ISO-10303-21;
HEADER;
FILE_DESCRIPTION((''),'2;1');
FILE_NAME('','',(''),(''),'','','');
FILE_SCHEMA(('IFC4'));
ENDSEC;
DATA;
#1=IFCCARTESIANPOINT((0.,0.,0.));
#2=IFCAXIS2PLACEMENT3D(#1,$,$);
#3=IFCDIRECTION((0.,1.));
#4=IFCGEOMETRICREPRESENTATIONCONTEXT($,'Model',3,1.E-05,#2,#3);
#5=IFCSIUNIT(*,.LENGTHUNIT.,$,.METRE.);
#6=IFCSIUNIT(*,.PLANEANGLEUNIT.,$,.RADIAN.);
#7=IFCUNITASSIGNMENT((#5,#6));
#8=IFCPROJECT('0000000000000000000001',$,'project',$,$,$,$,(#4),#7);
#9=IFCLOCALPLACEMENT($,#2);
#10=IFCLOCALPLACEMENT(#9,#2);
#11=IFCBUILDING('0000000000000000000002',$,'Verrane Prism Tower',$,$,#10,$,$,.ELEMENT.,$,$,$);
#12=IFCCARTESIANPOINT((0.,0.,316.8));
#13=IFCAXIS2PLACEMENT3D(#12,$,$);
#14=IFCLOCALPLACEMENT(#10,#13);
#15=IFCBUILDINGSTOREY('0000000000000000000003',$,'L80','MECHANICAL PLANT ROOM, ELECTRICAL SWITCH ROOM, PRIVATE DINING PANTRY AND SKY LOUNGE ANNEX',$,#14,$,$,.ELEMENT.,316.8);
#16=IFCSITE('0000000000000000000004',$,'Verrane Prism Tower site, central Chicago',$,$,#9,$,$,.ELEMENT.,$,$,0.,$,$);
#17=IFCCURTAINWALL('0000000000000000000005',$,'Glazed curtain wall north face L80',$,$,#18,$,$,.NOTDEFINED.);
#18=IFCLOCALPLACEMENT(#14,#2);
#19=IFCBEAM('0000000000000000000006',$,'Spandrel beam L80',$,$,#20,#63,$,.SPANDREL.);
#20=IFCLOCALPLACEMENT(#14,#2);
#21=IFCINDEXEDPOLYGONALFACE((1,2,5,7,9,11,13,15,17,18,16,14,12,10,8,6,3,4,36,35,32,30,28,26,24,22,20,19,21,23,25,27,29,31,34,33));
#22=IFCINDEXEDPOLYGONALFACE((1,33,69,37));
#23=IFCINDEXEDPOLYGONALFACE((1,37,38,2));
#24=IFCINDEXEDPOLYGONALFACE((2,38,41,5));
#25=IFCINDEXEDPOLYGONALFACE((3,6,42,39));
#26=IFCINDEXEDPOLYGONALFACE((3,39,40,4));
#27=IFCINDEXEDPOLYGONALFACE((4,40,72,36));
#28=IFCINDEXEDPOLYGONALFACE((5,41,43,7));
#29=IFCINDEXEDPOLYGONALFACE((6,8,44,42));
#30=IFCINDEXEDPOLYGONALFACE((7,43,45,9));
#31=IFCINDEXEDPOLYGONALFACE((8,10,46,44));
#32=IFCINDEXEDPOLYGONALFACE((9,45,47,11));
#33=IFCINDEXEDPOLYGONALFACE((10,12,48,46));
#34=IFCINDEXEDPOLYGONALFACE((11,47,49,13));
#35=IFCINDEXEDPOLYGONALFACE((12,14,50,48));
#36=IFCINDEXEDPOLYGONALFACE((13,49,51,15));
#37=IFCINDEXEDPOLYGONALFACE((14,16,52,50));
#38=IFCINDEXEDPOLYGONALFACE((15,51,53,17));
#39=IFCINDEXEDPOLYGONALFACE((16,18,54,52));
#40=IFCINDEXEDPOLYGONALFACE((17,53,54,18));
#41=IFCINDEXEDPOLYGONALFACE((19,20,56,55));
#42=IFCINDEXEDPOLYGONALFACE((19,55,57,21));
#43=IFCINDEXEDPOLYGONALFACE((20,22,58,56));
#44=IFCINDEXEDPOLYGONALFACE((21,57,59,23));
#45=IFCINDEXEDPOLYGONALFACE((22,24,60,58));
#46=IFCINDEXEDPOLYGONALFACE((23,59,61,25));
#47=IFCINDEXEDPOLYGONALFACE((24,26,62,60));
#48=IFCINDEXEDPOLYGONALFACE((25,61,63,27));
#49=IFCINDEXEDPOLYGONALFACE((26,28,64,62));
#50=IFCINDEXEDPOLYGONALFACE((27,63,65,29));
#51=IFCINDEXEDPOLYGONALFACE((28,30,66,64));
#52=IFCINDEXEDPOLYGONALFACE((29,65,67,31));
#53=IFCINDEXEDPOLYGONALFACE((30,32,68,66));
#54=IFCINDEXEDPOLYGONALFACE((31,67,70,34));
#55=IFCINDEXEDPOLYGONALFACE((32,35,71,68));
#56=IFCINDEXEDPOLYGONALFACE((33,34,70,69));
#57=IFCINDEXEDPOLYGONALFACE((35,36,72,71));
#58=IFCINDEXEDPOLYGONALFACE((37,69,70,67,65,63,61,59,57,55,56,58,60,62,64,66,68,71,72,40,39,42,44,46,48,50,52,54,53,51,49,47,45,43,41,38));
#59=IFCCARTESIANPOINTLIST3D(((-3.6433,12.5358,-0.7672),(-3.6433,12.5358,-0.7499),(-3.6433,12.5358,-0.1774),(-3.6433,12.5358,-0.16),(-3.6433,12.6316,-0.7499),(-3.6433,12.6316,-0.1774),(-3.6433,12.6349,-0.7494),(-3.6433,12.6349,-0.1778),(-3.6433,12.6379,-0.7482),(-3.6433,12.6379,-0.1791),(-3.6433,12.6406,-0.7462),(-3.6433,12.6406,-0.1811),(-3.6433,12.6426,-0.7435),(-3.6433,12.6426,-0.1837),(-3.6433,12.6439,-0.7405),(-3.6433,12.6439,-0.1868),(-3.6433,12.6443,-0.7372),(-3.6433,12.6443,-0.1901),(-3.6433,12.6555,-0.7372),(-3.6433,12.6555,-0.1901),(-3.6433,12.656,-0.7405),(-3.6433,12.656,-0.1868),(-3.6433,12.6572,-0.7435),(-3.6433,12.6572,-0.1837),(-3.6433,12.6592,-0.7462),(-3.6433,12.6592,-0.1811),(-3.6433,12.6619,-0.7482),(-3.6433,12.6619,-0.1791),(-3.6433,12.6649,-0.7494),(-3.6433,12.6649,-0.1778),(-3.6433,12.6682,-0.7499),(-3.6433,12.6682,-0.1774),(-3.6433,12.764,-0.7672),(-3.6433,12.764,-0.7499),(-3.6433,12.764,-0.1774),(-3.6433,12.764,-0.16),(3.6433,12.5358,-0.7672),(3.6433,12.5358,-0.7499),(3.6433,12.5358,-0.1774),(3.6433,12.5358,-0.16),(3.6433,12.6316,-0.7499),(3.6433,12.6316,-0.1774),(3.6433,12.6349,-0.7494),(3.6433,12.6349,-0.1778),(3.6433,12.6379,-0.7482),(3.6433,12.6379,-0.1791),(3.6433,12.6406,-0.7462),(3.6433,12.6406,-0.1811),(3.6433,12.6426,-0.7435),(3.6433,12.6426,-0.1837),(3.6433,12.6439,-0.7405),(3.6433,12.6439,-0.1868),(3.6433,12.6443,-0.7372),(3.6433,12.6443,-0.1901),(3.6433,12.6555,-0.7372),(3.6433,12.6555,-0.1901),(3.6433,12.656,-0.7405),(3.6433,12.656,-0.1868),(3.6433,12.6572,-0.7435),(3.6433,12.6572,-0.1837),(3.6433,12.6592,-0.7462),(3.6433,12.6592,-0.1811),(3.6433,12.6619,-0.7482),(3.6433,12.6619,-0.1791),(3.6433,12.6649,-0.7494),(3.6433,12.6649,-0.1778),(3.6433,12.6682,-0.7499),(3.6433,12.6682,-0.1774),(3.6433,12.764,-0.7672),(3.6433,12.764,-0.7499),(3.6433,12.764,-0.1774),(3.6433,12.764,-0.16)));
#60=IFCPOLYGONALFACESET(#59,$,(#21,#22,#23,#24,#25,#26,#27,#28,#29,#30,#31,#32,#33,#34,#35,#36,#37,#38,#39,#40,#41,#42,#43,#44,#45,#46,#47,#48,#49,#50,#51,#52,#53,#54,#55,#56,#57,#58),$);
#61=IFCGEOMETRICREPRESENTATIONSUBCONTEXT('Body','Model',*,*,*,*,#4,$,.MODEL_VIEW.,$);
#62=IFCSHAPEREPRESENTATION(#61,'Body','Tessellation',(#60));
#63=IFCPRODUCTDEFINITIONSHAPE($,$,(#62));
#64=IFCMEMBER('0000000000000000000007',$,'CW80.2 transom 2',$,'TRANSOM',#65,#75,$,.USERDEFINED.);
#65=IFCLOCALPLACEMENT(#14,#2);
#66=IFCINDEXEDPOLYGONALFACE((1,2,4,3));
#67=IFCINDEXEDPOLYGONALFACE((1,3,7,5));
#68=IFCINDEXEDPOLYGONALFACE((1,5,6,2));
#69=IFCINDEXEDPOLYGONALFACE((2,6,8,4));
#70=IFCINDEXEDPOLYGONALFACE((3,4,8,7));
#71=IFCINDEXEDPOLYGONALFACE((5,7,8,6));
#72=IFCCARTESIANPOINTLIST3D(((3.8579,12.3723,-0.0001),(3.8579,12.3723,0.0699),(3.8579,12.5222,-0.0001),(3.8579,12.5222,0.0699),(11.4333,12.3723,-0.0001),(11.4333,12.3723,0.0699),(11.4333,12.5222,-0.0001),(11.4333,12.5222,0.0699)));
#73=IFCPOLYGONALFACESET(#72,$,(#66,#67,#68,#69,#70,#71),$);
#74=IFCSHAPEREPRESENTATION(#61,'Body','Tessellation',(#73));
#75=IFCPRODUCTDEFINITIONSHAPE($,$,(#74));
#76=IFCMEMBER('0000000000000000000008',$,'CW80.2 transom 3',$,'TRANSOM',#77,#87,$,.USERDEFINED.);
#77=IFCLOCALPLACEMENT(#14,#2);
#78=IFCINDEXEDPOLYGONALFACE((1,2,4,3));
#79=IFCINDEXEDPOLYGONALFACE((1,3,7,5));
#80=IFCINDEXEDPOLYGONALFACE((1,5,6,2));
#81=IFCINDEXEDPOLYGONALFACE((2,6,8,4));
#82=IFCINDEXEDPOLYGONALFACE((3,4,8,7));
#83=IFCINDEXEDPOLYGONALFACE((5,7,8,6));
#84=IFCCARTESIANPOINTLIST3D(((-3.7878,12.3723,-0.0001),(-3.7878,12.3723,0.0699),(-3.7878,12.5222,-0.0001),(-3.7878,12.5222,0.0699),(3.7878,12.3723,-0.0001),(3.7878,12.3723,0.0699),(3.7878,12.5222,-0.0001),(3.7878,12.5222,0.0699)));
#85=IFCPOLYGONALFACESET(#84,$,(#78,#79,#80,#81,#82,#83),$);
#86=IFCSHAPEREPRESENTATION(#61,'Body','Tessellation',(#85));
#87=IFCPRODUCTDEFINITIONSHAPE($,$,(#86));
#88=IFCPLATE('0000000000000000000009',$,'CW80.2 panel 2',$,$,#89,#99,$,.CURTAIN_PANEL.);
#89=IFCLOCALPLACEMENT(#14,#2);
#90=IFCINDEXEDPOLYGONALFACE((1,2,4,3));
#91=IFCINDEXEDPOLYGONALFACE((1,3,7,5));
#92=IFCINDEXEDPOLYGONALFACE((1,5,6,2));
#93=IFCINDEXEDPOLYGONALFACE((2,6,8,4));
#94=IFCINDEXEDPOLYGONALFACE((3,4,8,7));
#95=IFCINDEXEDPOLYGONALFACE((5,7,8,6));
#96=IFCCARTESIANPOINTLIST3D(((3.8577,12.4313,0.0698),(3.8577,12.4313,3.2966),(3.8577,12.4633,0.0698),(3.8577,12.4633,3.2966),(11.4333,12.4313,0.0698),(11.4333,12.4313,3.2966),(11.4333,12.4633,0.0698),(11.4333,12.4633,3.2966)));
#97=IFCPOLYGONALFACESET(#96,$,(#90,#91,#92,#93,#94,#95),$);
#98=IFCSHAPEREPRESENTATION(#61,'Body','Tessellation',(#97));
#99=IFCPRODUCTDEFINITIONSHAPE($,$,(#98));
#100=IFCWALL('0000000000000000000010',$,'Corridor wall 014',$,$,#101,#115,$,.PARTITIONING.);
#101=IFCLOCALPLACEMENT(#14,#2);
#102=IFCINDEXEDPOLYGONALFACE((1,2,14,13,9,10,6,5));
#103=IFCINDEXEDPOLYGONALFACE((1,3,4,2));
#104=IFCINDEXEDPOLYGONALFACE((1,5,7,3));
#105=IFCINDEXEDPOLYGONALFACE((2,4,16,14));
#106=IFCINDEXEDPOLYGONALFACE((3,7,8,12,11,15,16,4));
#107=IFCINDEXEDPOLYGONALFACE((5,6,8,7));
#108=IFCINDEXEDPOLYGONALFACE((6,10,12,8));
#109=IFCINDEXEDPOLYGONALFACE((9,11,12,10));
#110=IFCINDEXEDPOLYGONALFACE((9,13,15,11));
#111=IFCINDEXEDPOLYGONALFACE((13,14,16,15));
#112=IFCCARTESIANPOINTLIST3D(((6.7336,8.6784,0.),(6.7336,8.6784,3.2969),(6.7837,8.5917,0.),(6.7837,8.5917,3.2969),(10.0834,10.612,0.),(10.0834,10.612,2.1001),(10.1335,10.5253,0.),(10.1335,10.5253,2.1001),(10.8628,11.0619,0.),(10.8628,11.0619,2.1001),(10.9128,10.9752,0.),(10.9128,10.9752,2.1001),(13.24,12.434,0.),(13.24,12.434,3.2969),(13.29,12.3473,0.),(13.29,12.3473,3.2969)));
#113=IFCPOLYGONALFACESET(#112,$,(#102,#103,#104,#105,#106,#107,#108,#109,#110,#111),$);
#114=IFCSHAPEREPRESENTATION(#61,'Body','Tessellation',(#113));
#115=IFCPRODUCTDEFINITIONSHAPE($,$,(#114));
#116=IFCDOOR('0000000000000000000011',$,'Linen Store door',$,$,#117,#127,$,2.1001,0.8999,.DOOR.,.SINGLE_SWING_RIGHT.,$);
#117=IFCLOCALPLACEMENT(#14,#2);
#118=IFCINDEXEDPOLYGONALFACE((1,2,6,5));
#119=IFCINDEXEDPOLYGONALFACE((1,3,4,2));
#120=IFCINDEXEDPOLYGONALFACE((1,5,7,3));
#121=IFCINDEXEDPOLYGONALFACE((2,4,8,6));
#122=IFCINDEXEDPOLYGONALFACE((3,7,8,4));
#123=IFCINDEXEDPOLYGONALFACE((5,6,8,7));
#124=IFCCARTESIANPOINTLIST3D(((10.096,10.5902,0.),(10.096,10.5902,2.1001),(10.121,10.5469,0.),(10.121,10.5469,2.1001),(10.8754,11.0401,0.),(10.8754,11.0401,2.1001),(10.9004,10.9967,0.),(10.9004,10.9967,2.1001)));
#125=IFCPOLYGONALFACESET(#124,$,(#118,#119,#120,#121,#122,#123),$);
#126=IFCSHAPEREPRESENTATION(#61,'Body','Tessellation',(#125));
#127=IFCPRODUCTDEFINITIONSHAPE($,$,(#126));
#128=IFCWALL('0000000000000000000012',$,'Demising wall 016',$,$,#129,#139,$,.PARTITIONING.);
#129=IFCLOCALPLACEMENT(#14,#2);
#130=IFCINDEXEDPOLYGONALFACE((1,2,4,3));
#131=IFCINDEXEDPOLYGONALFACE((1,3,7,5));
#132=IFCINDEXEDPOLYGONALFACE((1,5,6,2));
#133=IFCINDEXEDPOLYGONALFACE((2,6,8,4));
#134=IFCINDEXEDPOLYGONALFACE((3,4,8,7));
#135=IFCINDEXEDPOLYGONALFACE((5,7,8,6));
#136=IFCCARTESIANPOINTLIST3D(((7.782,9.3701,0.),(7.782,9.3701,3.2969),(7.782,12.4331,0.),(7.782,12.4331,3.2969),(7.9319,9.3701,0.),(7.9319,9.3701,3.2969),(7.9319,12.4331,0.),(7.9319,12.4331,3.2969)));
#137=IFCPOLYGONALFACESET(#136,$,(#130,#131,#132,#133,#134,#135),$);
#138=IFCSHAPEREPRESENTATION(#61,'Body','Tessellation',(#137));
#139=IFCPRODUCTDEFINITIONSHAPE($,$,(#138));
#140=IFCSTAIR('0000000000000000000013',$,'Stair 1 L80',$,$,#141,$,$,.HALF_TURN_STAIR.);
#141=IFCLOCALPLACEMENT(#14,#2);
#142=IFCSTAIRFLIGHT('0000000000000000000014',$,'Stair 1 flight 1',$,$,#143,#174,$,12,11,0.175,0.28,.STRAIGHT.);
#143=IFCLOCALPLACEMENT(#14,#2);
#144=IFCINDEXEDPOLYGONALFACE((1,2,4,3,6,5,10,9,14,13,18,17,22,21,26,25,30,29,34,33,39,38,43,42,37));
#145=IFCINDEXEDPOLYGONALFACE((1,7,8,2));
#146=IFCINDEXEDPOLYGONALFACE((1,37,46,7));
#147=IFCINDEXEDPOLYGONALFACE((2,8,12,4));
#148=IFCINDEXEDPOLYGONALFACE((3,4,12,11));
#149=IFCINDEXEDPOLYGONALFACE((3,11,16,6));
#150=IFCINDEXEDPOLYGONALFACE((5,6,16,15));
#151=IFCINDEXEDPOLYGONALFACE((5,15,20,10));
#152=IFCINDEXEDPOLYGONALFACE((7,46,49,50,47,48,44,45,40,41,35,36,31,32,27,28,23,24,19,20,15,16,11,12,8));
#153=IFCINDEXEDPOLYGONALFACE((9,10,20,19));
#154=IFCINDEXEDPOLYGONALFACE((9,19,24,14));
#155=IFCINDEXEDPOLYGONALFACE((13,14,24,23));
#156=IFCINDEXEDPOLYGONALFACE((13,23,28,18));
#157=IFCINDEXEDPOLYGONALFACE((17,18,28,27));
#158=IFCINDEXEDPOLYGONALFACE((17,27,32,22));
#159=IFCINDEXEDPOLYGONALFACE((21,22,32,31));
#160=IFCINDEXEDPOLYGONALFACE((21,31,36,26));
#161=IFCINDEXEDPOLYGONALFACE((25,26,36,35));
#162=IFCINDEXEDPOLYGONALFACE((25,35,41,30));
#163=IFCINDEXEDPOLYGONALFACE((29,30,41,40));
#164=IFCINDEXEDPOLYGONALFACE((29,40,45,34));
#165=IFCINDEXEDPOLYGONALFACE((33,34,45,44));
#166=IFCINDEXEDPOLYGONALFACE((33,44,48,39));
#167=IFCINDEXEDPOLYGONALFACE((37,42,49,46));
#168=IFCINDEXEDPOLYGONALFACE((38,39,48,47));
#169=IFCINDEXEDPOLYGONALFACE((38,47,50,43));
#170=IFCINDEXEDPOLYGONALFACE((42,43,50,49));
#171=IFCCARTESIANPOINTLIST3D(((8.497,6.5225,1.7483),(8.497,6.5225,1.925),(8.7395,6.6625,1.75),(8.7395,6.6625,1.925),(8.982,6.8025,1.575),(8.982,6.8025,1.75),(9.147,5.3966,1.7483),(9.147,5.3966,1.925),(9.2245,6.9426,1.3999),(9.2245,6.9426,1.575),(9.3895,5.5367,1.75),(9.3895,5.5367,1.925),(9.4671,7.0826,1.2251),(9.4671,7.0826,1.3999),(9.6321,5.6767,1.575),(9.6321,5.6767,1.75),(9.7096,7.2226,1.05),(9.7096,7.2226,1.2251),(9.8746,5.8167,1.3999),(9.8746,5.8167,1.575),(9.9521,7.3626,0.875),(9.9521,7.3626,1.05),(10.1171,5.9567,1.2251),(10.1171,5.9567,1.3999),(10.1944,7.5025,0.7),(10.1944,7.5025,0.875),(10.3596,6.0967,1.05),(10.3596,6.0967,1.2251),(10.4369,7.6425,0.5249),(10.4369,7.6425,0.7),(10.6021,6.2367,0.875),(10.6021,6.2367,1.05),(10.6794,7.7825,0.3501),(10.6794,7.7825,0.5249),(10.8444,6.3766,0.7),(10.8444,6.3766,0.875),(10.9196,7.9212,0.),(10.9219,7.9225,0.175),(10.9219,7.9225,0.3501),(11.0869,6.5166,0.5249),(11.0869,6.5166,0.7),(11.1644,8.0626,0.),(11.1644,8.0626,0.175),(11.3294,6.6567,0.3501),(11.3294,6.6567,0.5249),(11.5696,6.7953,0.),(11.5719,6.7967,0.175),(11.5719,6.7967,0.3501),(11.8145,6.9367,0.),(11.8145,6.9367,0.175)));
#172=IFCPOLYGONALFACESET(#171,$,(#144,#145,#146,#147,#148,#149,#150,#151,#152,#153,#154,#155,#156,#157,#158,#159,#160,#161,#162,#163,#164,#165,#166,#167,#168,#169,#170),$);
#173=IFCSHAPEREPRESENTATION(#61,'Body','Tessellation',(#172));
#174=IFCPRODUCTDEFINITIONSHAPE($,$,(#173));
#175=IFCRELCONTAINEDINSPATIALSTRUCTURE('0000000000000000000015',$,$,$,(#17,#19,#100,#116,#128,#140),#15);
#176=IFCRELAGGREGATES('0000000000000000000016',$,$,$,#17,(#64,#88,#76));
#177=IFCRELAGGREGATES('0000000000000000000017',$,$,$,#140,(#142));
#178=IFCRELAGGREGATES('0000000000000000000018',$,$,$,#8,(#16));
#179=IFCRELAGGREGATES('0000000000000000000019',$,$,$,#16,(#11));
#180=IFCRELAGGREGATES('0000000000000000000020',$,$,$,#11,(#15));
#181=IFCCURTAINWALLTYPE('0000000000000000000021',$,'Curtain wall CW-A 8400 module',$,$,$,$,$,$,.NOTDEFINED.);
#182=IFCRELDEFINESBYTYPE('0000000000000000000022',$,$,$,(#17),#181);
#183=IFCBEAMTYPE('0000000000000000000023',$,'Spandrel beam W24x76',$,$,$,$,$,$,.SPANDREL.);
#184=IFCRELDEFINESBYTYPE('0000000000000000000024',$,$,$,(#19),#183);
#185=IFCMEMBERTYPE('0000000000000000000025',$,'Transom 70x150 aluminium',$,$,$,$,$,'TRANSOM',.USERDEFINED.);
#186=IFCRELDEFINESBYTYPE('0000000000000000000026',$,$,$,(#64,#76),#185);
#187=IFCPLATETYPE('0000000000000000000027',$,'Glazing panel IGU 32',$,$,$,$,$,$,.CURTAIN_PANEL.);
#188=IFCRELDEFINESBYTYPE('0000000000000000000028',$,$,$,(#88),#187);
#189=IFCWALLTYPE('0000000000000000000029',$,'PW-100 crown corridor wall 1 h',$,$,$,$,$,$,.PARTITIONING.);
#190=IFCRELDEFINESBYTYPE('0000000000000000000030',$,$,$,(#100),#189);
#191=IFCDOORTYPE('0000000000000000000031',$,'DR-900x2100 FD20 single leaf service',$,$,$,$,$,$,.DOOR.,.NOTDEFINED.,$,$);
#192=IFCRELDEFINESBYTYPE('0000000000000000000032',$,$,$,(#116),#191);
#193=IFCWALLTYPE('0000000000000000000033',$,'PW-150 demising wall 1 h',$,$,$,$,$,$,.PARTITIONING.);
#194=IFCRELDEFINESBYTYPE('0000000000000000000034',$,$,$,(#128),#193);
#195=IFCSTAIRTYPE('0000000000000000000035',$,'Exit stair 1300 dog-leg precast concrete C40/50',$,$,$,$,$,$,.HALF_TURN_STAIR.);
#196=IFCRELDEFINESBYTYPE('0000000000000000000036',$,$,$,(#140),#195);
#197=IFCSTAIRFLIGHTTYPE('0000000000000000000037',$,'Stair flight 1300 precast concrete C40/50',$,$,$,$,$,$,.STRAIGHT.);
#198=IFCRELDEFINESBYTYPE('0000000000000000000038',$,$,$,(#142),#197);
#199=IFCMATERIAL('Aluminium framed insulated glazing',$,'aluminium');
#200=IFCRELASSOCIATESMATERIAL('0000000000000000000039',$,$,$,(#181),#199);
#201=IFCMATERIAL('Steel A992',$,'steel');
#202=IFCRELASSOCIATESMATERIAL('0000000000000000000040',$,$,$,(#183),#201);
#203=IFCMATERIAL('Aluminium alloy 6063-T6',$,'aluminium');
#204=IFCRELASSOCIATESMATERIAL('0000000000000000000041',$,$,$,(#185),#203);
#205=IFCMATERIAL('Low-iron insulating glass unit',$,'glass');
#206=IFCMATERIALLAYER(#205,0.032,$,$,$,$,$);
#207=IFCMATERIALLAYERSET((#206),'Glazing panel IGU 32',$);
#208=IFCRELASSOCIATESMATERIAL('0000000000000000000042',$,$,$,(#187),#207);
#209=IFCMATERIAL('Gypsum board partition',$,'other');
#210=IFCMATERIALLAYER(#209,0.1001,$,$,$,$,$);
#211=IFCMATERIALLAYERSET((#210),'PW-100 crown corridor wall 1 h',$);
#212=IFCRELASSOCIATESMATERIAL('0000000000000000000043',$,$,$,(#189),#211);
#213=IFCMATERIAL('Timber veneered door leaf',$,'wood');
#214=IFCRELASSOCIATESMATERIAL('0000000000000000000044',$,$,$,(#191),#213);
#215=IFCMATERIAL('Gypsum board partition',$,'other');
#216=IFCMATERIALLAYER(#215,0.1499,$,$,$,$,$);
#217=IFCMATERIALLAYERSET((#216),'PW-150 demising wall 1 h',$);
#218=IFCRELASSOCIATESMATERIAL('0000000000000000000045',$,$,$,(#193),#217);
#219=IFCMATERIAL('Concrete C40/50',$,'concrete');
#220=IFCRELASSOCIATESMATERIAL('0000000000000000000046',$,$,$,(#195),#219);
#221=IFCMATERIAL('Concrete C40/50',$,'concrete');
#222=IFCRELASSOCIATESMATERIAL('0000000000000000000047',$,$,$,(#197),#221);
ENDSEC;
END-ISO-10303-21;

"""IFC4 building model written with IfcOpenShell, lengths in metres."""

from ifc_helpers import new_model, si_unit, direction, frame, frame_2d, origin, origin_2d, place, context, subcontext, project, spatial, polyline, rectangle, i_section, outline, extrude, material, layer, layer_set, material_profile, profile_set, type_object, element, fill, aggregate, save


model = new_model("IFC4")

# Units and contexts
model_context = context("Model", 3, precision=1e-05, world=origin(), true_north=direction((0.0, 1.0)))
body_context = subcontext(model_context, "Body", "Model", "MODEL_VIEW")
ifc_project = project(units=[si_unit("LENGTHUNIT", "METRE"), si_unit("PLANEANGLEUNIT", "RADIAN")], contexts=[model_context])

# Site, building, storey
site_placement = place(None, origin())
site = spatial("IfcSite", under=ifc_project, at=site_placement, Name="Verrane Prism Tower site, central Chicago", CompositionType="ELEMENT", RefElevation=0.0)
building_placement = place(site_placement, origin())
building = spatial("IfcBuilding", under=site, at=building_placement, Name="Verrane Prism Tower", CompositionType="ELEMENT")
storey_placement = place(building_placement, frame((0.0, 0.0, 316.8)))
storey = spatial("IfcBuildingStorey", under=building, at=storey_placement, Name="L80", Description="MECHANICAL PLANT ROOM, ELECTRICAL SWITCH ROOM, PRIVATE DINING PANTRY AND SKY LOUNGE ANNEX", CompositionType="ELEMENT", Elevation=316.8)

# Curtain wall
ifc_material_1 = material(Name="Aluminium framed insulated glazing", Category="aluminium")
curtain_wall_type = type_object("IfcCurtainWallType", Name="Curtain wall CW-A 8400 module", PredefinedType="NOTDEFINED", material=ifc_material_1)
curtain_wall_placement = place(storey_placement, origin())
curtain_wall = element("IfcCurtainWall", 1, at=curtain_wall_placement, inside=storey, type_object=curtain_wall_type, Name="Glazed curtain wall north face L80", PredefinedType="NOTDEFINED")

# Beam
ifc_material_2 = material(Name="Steel A992", Category="steel")
ifc_material_profile_1 = material_profile(ifc_material_2, i_section(OverallWidth=0.2283, OverallDepth=0.6072, WebThickness=0.0112, FlangeThickness=0.0173, FilletRadius=0.0127, at=origin_2d()), Name="W24x76")
ifc_profile_set_1 = profile_set([ifc_material_profile_1], Name="Steel A992")
beam_type_1 = type_object("IfcBeamType", Name="Spandrel beam W24x76", PredefinedType="SPANDREL", material=ifc_profile_set_1)
beam_1_placement = place(storey_placement, frame((3.6433, 12.6499, -0.4636), z_axis=(-1.0, 0.0, 0.0), x_axis=(0.0, -1.0, 0.0)))
element("IfcBeam", 2, at=beam_1_placement, inside=storey, type_object=beam_type_1, Name="Spandrel beam L80", PredefinedType="SPANDREL", context=body_context, shape_type="SweptSolid", body=[
    extrude(i_section(OverallWidth=0.2283, OverallDepth=0.6072, WebThickness=0.0112, FlangeThickness=0.0173, FilletRadius=0.0127, at=origin_2d()), origin(), (0.0, 0.0, 1.0), 7.2866),
])

# Members
ifc_material_3 = material(Name="Aluminium alloy 6063-T6", Category="aluminium")
ifc_material_profile_2 = material_profile(ifc_material_3, rectangle(XDim=0.1499, YDim=0.0701, at=origin_2d()), Name="Transom 70x150 aluminium")
ifc_profile_set_2 = profile_set([ifc_material_profile_2], Name="Aluminium alloy 6063-T6")
member_type_1 = type_object("IfcMemberType", Name="Transom 70x150 aluminium", ElementType="TRANSOM", PredefinedType="USERDEFINED", material=ifc_profile_set_2)
member_1_placement = place(storey_placement, frame((11.4333, 12.4473, 0.0349), z_axis=(-1.0, 0.0, 0.0), x_axis=(0.0, -1.0, 0.0)))
member_1 = element("IfcMember", 3, at=member_1_placement, type_object=member_type_1, Name="CW80.2 transom 2", ObjectType="TRANSOM", PredefinedType="USERDEFINED", context=body_context, shape_type="SweptSolid", body=[
    extrude(rectangle(XDim=0.1499, YDim=0.0701, at=origin_2d()), origin(), (0.0, 0.0, 1.0), 7.5754),
])
member_2_placement = place(storey_placement, frame((3.7878, 12.4473, 0.0349), z_axis=(-1.0, 0.0, 0.0), x_axis=(0.0, -1.0, 0.0)))
member_2 = element("IfcMember", 4, at=member_2_placement, type_object=member_type_1, Name="CW80.2 transom 3", ObjectType="TRANSOM", PredefinedType="USERDEFINED", context=body_context, shape_type="SweptSolid", body=[
    extrude(rectangle(XDim=0.1499, YDim=0.0701, at=origin_2d()), origin(), (0.0, 0.0, 1.0), 7.5757),
])

# Plate
ifc_material_4 = material(Name="Low-iron insulating glass unit", Category="glass")
ifc_layer_1 = layer(ifc_material_4, 0.032)
ifc_layer_set_1 = layer_set([ifc_layer_1], Name="Glazing panel IGU 32")
plate_type = type_object("IfcPlateType", Name="Glazing panel IGU 32", PredefinedType="CURTAIN_PANEL", material=ifc_layer_set_1)
plate_placement = place(storey_placement, frame((7.6455, 12.4473, 0.0698), z_axis=(0.0, 0.0, 1.0), x_axis=(-1.0, 0.0, 0.0)))
plate = element("IfcPlate", 5, at=plate_placement, type_object=plate_type, Name="CW80.2 panel 2", PredefinedType="CURTAIN_PANEL", context=body_context, shape_type="SweptSolid", body=[
    extrude(rectangle(XDim=7.5757, YDim=0.032, at=origin_2d()), origin(), (0.0, 0.0, 1.0), 3.2268),
])
aggregate(curtain_wall, [member_1, plate, member_2])

# Wall, opening, door
ifc_material_5 = material(Name="Gypsum board partition", Category="other")
ifc_layer_2 = layer(ifc_material_5, 0.1001)
ifc_layer_set_2 = layer_set([ifc_layer_2], Name="PW-100 crown corridor wall 1 h")
wall_type_1 = type_object("IfcWallType", Name="PW-100 crown corridor wall 1 h", PredefinedType="PARTITIONING", material=ifc_layer_set_2)
wall_1_placement = place(storey_placement, frame((6.7585, 8.635, 0.0), z_axis=(0.0, 0.0, 1.0), x_axis=(0.866073, 0.499918, 0.0)))
wall_1 = element("IfcWall", 6, at=wall_1_placement, inside=storey, type_object=wall_type_1, Name="Corridor wall 014", PredefinedType="PARTITIONING", context=body_context, shape_type="SweptSolid", body=[
    extrude(rectangle(XDim=7.5125, YDim=0.1001, at=frame_2d((3.7563, 0.0))), origin(), (0.0, 0.0, 1.0), 3.2969),
])
opening_placement = place(wall_1_placement, frame((3.8679, 0.0, 0.0)))
opening = element("IfcOpeningElement", 7, at=opening_placement, cuts=wall_1, PredefinedType="OPENING", context=body_context, shape_type="SweptSolid", body=[
    extrude(rectangle(XDim=0.8999, YDim=2.1001, at=frame_2d((0.45, 1.05))), frame((0.0, 0.0601, 0.0), z_axis=(0.0, -1.0, 0.0), x_axis=(1.0, 0.0, 0.0)), (0.0, 0.0, 1.0), 0.1201),
])
ifc_material_6 = material(Name="Timber veneered door leaf", Category="wood")
door_type = type_object("IfcDoorType", Name="DR-900x2100 FD20 single leaf service", OperationType="NOTDEFINED", PredefinedType="DOOR", material=ifc_material_6)
door_placement = place(opening_placement, origin())
door = element("IfcDoor", 8, at=door_placement, inside=storey, type_object=door_type, Name="Linen Store door", OperationType="SINGLE_SWING_RIGHT", OverallHeight=2.1001, OverallWidth=0.8999, PredefinedType="DOOR", context=body_context, shape_type="SweptSolid", body=[
    extrude(rectangle(XDim=0.8999, YDim=2.1001, at=frame_2d((0.45, 1.05))), frame((0.0, 0.0249, 0.0), z_axis=(0.0, -1.0, 0.0), x_axis=(1.0, 0.0, 0.0)), (0.0, 0.0, 1.0), 0.05),
])
fill(opening, door)

# Wall
ifc_material_7 = material(Name="Gypsum board partition", Category="other")
ifc_layer_3 = layer(ifc_material_7, 0.1499)
ifc_layer_set_3 = layer_set([ifc_layer_3], Name="PW-150 demising wall 1 h")
wall_type_2 = type_object("IfcWallType", Name="PW-150 demising wall 1 h", PredefinedType="PARTITIONING", material=ifc_layer_set_3)
wall_2_placement = place(storey_placement, frame((7.8569, 9.3701, 0.0), z_axis=(0.0, 0.0, 1.0), x_axis=(0.0, 1.0, 0.0)))
element("IfcWall", 9, at=wall_2_placement, inside=storey, type_object=wall_type_2, Name="Demising wall 016", PredefinedType="PARTITIONING", context=body_context, shape_type="SweptSolid", body=[
    extrude(rectangle(XDim=3.063, YDim=0.1499, at=frame_2d((1.5315, 0.0))), origin(), (0.0, 0.0, 1.0), 3.2969),
])

# Stair, stair flight
ifc_material_8 = material(Name="Concrete C40/50", Category="concrete")
stair_type = type_object("IfcStairType", Name="Exit stair 1300 dog-leg precast concrete C40/50", PredefinedType="HALF_TURN_STAIR", material=ifc_material_8)
stair_placement = place(storey_placement, origin())
stair = element("IfcStair", 10, at=stair_placement, inside=storey, type_object=stair_type, Name="Stair 1 L80", PredefinedType="HALF_TURN_STAIR")
ifc_material_9 = material(Name="Concrete C40/50", Category="concrete")
stair_flight_type = type_object("IfcStairFlightType", Name="Stair flight 1300 precast concrete C40/50", PredefinedType="STRAIGHT", material=ifc_material_9)
stair_flight_placement = place(storey_placement, frame((11.4895, 7.4995, 0.0), z_axis=(0.0, 0.0, 1.0), x_axis=(-0.866025, -0.5, 0.0)))
stair_flight = element("IfcStairFlight", 11, at=stair_flight_placement, type_object=stair_flight_type, Name="Stair 1 flight 1", NumberOfRisers=12, NumberOfTreads=11, PredefinedType="STRAIGHT", RiserHeight=0.175, TreadLength=0.28, context=body_context, shape_type="SweptSolid", body=[
    extrude(outline(polyline([(0.0, 0.0), (0.0, 0.175), (0.28, 0.175), (0.28, 0.3501), (0.5601, 0.3501), (0.5601, 0.5249), (0.8401, 0.5249), (0.8401, 0.7), (1.1201, 0.7), (1.1201, 0.875), (1.3999, 0.875), (1.3999, 1.05), (1.6799, 1.05), (1.6799, 1.2251), (1.96, 1.2251), (1.96, 1.3999), (2.24, 1.3999), (2.24, 1.575), (2.52, 1.575), (2.52, 1.75), (2.8, 1.75), (2.8, 1.925), (3.0801, 1.925), (3.0801, 2.1001), (3.0801, 1.7483), (0.2827, 0.0), (0.0, 0.0)])), frame((0.0, 0.6499, 0.0), z_axis=(0.0, -1.0, 0.0), x_axis=(1.0, 0.0, 0.0)), (0.0, 0.0, 1.0), 1.3),
])
aggregate(stair, [stair_flight])

save(model, "model.ifc")
